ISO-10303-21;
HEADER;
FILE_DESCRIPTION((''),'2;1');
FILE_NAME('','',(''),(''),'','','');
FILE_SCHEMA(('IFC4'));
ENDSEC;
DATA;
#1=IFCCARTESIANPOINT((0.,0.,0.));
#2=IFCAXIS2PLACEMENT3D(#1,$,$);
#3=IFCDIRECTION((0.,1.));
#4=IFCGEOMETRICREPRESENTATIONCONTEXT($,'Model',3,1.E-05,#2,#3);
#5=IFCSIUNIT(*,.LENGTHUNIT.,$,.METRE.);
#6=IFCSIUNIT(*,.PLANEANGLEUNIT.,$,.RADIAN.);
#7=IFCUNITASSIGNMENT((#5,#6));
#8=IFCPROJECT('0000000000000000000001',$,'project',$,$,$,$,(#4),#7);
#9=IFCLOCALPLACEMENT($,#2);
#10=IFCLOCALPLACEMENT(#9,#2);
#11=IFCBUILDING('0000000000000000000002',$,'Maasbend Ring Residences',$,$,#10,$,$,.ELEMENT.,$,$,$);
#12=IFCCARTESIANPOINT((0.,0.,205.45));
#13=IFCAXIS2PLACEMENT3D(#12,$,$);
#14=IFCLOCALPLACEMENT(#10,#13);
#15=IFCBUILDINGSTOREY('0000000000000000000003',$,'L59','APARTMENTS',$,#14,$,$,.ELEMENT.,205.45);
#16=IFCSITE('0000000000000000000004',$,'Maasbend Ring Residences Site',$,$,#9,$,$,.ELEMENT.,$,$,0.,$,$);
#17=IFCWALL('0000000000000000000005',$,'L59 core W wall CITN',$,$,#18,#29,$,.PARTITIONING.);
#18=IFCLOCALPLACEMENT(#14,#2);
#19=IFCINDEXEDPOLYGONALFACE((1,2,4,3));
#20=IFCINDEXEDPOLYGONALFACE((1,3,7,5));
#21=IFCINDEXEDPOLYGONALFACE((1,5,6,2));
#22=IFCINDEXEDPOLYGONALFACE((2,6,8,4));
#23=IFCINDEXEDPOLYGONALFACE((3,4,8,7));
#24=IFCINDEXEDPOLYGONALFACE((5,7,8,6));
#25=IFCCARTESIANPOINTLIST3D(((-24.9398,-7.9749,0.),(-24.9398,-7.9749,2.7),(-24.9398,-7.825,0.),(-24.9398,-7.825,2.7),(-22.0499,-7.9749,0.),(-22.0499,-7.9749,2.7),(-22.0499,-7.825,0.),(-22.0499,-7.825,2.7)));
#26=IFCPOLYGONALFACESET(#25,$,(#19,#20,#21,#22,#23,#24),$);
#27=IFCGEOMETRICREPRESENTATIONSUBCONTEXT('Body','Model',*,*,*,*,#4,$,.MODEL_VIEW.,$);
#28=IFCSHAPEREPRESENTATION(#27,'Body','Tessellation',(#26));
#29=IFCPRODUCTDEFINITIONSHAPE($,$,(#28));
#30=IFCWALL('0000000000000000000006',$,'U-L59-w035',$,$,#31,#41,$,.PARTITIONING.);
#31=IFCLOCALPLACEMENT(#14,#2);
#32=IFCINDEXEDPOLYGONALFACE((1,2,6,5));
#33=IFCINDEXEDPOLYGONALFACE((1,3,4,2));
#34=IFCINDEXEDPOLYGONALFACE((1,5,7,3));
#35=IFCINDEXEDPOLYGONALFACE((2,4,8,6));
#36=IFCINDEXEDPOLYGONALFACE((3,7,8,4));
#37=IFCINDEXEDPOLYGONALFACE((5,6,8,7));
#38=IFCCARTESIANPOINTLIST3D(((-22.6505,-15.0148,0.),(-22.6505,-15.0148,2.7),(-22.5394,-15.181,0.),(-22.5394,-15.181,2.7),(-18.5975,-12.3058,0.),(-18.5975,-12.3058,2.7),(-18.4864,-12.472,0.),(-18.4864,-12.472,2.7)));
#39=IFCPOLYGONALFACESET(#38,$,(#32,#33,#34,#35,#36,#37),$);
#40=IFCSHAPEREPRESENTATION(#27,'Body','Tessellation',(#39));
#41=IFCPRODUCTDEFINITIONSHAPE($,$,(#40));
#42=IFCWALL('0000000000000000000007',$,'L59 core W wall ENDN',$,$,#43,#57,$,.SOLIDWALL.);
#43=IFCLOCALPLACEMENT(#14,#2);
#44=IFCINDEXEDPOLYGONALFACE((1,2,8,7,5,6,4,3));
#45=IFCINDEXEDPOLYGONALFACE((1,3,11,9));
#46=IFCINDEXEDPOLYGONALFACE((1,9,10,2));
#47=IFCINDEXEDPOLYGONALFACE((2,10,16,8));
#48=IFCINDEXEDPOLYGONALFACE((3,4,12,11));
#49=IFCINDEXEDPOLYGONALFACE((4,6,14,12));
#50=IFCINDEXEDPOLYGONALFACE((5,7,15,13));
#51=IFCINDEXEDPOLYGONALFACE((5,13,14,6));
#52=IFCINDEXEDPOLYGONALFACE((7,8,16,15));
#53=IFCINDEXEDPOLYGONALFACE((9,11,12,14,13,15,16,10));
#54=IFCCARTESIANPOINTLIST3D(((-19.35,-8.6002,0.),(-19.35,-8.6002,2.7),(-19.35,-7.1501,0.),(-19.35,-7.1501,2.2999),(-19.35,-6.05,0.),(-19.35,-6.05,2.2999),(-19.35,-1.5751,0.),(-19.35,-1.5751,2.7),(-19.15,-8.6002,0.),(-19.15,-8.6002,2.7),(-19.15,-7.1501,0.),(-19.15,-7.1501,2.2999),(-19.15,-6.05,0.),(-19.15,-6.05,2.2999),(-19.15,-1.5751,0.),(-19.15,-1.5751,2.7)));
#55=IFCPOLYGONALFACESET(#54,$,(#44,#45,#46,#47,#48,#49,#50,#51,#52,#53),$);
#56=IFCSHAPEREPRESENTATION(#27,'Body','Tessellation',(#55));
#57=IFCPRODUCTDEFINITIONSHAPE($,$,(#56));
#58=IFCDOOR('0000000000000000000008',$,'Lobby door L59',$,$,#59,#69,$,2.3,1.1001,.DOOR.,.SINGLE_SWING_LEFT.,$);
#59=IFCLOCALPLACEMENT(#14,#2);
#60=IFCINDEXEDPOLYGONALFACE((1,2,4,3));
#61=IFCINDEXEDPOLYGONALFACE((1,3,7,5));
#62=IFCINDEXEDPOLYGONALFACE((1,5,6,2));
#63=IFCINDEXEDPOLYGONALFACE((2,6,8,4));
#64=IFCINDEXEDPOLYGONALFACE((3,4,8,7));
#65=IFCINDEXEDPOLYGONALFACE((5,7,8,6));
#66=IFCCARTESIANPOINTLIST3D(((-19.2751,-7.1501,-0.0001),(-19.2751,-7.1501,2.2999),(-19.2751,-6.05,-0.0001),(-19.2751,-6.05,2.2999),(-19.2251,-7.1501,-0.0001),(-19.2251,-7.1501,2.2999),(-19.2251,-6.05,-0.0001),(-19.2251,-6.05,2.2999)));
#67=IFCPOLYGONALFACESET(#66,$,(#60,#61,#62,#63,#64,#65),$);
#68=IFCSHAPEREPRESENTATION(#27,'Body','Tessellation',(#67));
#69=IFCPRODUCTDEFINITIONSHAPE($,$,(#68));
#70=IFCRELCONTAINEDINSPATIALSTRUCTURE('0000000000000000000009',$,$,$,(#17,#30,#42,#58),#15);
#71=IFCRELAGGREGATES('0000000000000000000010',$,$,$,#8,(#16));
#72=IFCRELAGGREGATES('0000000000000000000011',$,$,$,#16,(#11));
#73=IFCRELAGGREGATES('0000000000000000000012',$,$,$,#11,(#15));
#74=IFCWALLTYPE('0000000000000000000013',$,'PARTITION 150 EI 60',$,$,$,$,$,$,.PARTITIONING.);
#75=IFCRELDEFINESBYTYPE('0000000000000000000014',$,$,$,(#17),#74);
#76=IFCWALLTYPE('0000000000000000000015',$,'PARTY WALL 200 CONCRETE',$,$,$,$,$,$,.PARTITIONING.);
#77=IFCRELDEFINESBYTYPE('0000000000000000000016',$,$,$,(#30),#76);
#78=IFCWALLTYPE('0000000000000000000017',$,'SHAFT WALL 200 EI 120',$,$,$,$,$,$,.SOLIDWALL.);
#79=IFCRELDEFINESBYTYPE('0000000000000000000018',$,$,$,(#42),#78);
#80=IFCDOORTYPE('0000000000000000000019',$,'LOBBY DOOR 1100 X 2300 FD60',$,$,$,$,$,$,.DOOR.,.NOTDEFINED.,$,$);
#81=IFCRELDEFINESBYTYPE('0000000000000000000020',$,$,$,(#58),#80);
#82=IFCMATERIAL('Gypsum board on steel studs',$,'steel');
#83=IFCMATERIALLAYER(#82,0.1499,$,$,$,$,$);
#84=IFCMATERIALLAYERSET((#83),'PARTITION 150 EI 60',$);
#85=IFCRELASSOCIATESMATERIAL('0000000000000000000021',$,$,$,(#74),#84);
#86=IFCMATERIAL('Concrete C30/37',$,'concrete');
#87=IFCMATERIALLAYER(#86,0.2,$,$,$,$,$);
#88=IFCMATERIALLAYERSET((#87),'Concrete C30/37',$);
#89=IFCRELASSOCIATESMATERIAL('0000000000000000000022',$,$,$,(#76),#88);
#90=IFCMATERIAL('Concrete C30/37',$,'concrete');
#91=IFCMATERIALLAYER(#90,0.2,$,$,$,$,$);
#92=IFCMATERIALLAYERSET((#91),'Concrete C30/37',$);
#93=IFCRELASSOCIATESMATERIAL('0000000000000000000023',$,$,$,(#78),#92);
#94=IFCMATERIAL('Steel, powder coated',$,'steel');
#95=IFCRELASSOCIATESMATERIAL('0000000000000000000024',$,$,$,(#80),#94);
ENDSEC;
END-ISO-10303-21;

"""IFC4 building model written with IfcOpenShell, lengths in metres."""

from ifc_helpers import new_model, si_unit, direction, frame, frame_2d, origin, place, context, subcontext, project, spatial, rectangle, extrude, material, layer, layer_set, type_object, element, fill, save


model = new_model("IFC4")

# Units and contexts
model_context = context("Model", 3, precision=1e-05, world=origin(), true_north=direction((0.0, 1.0)))
body_context = subcontext(model_context, "Body", "Model", "MODEL_VIEW")
ifc_project = project(units=[si_unit("LENGTHUNIT", "METRE"), si_unit("PLANEANGLEUNIT", "RADIAN")], contexts=[model_context])

# Site, building, storey
site_placement = place(None, origin())
site = spatial("IfcSite", under=ifc_project, at=site_placement, Name="Maasbend Ring Residences Site", CompositionType="ELEMENT", RefElevation=0.0)
building_placement = place(site_placement, origin())
building = spatial("IfcBuilding", under=site, at=building_placement, Name="Maasbend Ring Residences", CompositionType="ELEMENT")
storey_placement = place(building_placement, frame((0.0, 0.0, 205.45)))
storey = spatial("IfcBuildingStorey", under=building, at=storey_placement, Name="L59", Description="APARTMENTS", CompositionType="ELEMENT", Elevation=205.45)

# Walls
ifc_material_1 = material(Name="Gypsum board on steel studs", Category="steel")
ifc_layer_1 = layer(ifc_material_1, 0.1499)
ifc_layer_set_1 = layer_set([ifc_layer_1], Name="PARTITION 150 EI 60")
wall_type_1 = type_object("IfcWallType", Name="PARTITION 150 EI 60", PredefinedType="PARTITIONING", material=ifc_layer_set_1)
wall_1_placement = place(storey_placement, frame((-22.05, -7.8999, 0.0), z_axis=(0.0, 0.0, 1.0), x_axis=(-1.0, 0.0, 0.0)))
element("IfcWall", 1, at=wall_1_placement, inside=storey, type_object=wall_type_1, Name="L59 core W wall CITN", PredefinedType="PARTITIONING", context=body_context, shape_type="SweptSolid", body=[
    extrude(rectangle(XDim=2.8899, YDim=0.1499, at=frame_2d((1.4448, 0.0))), origin(), (0.0, 0.0, 1.0), 2.7),
])
ifc_material_2 = material(Name="Concrete C30/37", Category="concrete")
ifc_layer_2 = layer(ifc_material_2, 0.2)
ifc_layer_set_2 = layer_set([ifc_layer_2], Name="Concrete C30/37")
wall_type_2 = type_object("IfcWallType", Name="PARTY WALL 200 CONCRETE", PredefinedType="PARTITIONING", material=ifc_layer_set_2)
wall_2_placement = place(storey_placement, frame((-22.595, -15.0979, 0.0), z_axis=(0.0, 0.0, 1.0), x_axis=(0.831387, 0.555694, 0.0)))
element("IfcWall", 2, at=wall_2_placement, inside=storey, type_object=wall_type_2, Name="U-L59-w035", PredefinedType="PARTITIONING", context=body_context, shape_type="SweptSolid", body=[
    extrude(rectangle(XDim=4.875, YDim=0.2, at=frame_2d((2.4375, 0.0))), origin(), (0.0, 0.0, 1.0), 2.7),
])

# Wall, opening, door
ifc_material_3 = material(Name="Concrete C30/37", Category="concrete")
ifc_layer_3 = layer(ifc_material_3, 0.2)
ifc_layer_set_3 = layer_set([ifc_layer_3], Name="Concrete C30/37")
wall_type_3 = type_object("IfcWallType", Name="SHAFT WALL 200 EI 120", PredefinedType="SOLIDWALL", material=ifc_layer_set_3)
wall_3_placement = place(storey_placement, frame((-19.25, -1.575, 0.0), z_axis=(0.0, 0.0, 1.0), x_axis=(0.0, -1.0, 0.0)))
wall_3 = element("IfcWall", 3, at=wall_3_placement, inside=storey, type_object=wall_type_3, Name="L59 core W wall ENDN", PredefinedType="SOLIDWALL", context=body_context, shape_type="SweptSolid", body=[
    extrude(rectangle(XDim=7.0251, YDim=0.2, at=frame_2d((3.5127, 0.0))), origin(), (0.0, 0.0, 1.0), 2.7),
])
opening_1_placement = place(wall_3_placement, frame((4.4751, 0.0, 0.0)))
opening_1 = element("IfcOpeningElement", 4, at=opening_1_placement, cuts=wall_3, PredefinedType="OPENING", context=body_context, shape_type="SweptSolid", body=[
    extrude(rectangle(XDim=1.1001, YDim=2.3, at=frame_2d((0.55, 1.1499))), frame((0.0, 0.1099, 0.0), z_axis=(0.0, -1.0, 0.0), x_axis=(1.0, 0.0, 0.0)), (0.0, 0.0, 1.0), 0.22),
])
ifc_material_4 = material(Name="Steel, powder coated", Category="steel")
door_type_1 = type_object("IfcDoorType", Name="LOBBY DOOR 1100 X 2300 FD60", OperationType="NOTDEFINED", PredefinedType="DOOR", material=ifc_material_4)
door_1_placement = place(opening_1_placement, origin())
door_1 = element("IfcDoor", 5, at=door_1_placement, inside=storey, type_object=door_type_1, Name="Lobby door L59", OperationType="SINGLE_SWING_LEFT", OverallHeight=2.3, OverallWidth=1.1001, PredefinedType="DOOR", context=body_context, shape_type="SweptSolid", body=[
    extrude(rectangle(XDim=1.1001, YDim=2.3, at=frame_2d((0.55, 1.1499))), frame((0.0, 0.0249, 0.0), z_axis=(0.0, -1.0, 0.0), x_axis=(1.0, 0.0, 0.0)), (0.0, 0.0, 1.0), 0.05),
])
fill(opening_1, door_1)

save(model, "model.ifc")
